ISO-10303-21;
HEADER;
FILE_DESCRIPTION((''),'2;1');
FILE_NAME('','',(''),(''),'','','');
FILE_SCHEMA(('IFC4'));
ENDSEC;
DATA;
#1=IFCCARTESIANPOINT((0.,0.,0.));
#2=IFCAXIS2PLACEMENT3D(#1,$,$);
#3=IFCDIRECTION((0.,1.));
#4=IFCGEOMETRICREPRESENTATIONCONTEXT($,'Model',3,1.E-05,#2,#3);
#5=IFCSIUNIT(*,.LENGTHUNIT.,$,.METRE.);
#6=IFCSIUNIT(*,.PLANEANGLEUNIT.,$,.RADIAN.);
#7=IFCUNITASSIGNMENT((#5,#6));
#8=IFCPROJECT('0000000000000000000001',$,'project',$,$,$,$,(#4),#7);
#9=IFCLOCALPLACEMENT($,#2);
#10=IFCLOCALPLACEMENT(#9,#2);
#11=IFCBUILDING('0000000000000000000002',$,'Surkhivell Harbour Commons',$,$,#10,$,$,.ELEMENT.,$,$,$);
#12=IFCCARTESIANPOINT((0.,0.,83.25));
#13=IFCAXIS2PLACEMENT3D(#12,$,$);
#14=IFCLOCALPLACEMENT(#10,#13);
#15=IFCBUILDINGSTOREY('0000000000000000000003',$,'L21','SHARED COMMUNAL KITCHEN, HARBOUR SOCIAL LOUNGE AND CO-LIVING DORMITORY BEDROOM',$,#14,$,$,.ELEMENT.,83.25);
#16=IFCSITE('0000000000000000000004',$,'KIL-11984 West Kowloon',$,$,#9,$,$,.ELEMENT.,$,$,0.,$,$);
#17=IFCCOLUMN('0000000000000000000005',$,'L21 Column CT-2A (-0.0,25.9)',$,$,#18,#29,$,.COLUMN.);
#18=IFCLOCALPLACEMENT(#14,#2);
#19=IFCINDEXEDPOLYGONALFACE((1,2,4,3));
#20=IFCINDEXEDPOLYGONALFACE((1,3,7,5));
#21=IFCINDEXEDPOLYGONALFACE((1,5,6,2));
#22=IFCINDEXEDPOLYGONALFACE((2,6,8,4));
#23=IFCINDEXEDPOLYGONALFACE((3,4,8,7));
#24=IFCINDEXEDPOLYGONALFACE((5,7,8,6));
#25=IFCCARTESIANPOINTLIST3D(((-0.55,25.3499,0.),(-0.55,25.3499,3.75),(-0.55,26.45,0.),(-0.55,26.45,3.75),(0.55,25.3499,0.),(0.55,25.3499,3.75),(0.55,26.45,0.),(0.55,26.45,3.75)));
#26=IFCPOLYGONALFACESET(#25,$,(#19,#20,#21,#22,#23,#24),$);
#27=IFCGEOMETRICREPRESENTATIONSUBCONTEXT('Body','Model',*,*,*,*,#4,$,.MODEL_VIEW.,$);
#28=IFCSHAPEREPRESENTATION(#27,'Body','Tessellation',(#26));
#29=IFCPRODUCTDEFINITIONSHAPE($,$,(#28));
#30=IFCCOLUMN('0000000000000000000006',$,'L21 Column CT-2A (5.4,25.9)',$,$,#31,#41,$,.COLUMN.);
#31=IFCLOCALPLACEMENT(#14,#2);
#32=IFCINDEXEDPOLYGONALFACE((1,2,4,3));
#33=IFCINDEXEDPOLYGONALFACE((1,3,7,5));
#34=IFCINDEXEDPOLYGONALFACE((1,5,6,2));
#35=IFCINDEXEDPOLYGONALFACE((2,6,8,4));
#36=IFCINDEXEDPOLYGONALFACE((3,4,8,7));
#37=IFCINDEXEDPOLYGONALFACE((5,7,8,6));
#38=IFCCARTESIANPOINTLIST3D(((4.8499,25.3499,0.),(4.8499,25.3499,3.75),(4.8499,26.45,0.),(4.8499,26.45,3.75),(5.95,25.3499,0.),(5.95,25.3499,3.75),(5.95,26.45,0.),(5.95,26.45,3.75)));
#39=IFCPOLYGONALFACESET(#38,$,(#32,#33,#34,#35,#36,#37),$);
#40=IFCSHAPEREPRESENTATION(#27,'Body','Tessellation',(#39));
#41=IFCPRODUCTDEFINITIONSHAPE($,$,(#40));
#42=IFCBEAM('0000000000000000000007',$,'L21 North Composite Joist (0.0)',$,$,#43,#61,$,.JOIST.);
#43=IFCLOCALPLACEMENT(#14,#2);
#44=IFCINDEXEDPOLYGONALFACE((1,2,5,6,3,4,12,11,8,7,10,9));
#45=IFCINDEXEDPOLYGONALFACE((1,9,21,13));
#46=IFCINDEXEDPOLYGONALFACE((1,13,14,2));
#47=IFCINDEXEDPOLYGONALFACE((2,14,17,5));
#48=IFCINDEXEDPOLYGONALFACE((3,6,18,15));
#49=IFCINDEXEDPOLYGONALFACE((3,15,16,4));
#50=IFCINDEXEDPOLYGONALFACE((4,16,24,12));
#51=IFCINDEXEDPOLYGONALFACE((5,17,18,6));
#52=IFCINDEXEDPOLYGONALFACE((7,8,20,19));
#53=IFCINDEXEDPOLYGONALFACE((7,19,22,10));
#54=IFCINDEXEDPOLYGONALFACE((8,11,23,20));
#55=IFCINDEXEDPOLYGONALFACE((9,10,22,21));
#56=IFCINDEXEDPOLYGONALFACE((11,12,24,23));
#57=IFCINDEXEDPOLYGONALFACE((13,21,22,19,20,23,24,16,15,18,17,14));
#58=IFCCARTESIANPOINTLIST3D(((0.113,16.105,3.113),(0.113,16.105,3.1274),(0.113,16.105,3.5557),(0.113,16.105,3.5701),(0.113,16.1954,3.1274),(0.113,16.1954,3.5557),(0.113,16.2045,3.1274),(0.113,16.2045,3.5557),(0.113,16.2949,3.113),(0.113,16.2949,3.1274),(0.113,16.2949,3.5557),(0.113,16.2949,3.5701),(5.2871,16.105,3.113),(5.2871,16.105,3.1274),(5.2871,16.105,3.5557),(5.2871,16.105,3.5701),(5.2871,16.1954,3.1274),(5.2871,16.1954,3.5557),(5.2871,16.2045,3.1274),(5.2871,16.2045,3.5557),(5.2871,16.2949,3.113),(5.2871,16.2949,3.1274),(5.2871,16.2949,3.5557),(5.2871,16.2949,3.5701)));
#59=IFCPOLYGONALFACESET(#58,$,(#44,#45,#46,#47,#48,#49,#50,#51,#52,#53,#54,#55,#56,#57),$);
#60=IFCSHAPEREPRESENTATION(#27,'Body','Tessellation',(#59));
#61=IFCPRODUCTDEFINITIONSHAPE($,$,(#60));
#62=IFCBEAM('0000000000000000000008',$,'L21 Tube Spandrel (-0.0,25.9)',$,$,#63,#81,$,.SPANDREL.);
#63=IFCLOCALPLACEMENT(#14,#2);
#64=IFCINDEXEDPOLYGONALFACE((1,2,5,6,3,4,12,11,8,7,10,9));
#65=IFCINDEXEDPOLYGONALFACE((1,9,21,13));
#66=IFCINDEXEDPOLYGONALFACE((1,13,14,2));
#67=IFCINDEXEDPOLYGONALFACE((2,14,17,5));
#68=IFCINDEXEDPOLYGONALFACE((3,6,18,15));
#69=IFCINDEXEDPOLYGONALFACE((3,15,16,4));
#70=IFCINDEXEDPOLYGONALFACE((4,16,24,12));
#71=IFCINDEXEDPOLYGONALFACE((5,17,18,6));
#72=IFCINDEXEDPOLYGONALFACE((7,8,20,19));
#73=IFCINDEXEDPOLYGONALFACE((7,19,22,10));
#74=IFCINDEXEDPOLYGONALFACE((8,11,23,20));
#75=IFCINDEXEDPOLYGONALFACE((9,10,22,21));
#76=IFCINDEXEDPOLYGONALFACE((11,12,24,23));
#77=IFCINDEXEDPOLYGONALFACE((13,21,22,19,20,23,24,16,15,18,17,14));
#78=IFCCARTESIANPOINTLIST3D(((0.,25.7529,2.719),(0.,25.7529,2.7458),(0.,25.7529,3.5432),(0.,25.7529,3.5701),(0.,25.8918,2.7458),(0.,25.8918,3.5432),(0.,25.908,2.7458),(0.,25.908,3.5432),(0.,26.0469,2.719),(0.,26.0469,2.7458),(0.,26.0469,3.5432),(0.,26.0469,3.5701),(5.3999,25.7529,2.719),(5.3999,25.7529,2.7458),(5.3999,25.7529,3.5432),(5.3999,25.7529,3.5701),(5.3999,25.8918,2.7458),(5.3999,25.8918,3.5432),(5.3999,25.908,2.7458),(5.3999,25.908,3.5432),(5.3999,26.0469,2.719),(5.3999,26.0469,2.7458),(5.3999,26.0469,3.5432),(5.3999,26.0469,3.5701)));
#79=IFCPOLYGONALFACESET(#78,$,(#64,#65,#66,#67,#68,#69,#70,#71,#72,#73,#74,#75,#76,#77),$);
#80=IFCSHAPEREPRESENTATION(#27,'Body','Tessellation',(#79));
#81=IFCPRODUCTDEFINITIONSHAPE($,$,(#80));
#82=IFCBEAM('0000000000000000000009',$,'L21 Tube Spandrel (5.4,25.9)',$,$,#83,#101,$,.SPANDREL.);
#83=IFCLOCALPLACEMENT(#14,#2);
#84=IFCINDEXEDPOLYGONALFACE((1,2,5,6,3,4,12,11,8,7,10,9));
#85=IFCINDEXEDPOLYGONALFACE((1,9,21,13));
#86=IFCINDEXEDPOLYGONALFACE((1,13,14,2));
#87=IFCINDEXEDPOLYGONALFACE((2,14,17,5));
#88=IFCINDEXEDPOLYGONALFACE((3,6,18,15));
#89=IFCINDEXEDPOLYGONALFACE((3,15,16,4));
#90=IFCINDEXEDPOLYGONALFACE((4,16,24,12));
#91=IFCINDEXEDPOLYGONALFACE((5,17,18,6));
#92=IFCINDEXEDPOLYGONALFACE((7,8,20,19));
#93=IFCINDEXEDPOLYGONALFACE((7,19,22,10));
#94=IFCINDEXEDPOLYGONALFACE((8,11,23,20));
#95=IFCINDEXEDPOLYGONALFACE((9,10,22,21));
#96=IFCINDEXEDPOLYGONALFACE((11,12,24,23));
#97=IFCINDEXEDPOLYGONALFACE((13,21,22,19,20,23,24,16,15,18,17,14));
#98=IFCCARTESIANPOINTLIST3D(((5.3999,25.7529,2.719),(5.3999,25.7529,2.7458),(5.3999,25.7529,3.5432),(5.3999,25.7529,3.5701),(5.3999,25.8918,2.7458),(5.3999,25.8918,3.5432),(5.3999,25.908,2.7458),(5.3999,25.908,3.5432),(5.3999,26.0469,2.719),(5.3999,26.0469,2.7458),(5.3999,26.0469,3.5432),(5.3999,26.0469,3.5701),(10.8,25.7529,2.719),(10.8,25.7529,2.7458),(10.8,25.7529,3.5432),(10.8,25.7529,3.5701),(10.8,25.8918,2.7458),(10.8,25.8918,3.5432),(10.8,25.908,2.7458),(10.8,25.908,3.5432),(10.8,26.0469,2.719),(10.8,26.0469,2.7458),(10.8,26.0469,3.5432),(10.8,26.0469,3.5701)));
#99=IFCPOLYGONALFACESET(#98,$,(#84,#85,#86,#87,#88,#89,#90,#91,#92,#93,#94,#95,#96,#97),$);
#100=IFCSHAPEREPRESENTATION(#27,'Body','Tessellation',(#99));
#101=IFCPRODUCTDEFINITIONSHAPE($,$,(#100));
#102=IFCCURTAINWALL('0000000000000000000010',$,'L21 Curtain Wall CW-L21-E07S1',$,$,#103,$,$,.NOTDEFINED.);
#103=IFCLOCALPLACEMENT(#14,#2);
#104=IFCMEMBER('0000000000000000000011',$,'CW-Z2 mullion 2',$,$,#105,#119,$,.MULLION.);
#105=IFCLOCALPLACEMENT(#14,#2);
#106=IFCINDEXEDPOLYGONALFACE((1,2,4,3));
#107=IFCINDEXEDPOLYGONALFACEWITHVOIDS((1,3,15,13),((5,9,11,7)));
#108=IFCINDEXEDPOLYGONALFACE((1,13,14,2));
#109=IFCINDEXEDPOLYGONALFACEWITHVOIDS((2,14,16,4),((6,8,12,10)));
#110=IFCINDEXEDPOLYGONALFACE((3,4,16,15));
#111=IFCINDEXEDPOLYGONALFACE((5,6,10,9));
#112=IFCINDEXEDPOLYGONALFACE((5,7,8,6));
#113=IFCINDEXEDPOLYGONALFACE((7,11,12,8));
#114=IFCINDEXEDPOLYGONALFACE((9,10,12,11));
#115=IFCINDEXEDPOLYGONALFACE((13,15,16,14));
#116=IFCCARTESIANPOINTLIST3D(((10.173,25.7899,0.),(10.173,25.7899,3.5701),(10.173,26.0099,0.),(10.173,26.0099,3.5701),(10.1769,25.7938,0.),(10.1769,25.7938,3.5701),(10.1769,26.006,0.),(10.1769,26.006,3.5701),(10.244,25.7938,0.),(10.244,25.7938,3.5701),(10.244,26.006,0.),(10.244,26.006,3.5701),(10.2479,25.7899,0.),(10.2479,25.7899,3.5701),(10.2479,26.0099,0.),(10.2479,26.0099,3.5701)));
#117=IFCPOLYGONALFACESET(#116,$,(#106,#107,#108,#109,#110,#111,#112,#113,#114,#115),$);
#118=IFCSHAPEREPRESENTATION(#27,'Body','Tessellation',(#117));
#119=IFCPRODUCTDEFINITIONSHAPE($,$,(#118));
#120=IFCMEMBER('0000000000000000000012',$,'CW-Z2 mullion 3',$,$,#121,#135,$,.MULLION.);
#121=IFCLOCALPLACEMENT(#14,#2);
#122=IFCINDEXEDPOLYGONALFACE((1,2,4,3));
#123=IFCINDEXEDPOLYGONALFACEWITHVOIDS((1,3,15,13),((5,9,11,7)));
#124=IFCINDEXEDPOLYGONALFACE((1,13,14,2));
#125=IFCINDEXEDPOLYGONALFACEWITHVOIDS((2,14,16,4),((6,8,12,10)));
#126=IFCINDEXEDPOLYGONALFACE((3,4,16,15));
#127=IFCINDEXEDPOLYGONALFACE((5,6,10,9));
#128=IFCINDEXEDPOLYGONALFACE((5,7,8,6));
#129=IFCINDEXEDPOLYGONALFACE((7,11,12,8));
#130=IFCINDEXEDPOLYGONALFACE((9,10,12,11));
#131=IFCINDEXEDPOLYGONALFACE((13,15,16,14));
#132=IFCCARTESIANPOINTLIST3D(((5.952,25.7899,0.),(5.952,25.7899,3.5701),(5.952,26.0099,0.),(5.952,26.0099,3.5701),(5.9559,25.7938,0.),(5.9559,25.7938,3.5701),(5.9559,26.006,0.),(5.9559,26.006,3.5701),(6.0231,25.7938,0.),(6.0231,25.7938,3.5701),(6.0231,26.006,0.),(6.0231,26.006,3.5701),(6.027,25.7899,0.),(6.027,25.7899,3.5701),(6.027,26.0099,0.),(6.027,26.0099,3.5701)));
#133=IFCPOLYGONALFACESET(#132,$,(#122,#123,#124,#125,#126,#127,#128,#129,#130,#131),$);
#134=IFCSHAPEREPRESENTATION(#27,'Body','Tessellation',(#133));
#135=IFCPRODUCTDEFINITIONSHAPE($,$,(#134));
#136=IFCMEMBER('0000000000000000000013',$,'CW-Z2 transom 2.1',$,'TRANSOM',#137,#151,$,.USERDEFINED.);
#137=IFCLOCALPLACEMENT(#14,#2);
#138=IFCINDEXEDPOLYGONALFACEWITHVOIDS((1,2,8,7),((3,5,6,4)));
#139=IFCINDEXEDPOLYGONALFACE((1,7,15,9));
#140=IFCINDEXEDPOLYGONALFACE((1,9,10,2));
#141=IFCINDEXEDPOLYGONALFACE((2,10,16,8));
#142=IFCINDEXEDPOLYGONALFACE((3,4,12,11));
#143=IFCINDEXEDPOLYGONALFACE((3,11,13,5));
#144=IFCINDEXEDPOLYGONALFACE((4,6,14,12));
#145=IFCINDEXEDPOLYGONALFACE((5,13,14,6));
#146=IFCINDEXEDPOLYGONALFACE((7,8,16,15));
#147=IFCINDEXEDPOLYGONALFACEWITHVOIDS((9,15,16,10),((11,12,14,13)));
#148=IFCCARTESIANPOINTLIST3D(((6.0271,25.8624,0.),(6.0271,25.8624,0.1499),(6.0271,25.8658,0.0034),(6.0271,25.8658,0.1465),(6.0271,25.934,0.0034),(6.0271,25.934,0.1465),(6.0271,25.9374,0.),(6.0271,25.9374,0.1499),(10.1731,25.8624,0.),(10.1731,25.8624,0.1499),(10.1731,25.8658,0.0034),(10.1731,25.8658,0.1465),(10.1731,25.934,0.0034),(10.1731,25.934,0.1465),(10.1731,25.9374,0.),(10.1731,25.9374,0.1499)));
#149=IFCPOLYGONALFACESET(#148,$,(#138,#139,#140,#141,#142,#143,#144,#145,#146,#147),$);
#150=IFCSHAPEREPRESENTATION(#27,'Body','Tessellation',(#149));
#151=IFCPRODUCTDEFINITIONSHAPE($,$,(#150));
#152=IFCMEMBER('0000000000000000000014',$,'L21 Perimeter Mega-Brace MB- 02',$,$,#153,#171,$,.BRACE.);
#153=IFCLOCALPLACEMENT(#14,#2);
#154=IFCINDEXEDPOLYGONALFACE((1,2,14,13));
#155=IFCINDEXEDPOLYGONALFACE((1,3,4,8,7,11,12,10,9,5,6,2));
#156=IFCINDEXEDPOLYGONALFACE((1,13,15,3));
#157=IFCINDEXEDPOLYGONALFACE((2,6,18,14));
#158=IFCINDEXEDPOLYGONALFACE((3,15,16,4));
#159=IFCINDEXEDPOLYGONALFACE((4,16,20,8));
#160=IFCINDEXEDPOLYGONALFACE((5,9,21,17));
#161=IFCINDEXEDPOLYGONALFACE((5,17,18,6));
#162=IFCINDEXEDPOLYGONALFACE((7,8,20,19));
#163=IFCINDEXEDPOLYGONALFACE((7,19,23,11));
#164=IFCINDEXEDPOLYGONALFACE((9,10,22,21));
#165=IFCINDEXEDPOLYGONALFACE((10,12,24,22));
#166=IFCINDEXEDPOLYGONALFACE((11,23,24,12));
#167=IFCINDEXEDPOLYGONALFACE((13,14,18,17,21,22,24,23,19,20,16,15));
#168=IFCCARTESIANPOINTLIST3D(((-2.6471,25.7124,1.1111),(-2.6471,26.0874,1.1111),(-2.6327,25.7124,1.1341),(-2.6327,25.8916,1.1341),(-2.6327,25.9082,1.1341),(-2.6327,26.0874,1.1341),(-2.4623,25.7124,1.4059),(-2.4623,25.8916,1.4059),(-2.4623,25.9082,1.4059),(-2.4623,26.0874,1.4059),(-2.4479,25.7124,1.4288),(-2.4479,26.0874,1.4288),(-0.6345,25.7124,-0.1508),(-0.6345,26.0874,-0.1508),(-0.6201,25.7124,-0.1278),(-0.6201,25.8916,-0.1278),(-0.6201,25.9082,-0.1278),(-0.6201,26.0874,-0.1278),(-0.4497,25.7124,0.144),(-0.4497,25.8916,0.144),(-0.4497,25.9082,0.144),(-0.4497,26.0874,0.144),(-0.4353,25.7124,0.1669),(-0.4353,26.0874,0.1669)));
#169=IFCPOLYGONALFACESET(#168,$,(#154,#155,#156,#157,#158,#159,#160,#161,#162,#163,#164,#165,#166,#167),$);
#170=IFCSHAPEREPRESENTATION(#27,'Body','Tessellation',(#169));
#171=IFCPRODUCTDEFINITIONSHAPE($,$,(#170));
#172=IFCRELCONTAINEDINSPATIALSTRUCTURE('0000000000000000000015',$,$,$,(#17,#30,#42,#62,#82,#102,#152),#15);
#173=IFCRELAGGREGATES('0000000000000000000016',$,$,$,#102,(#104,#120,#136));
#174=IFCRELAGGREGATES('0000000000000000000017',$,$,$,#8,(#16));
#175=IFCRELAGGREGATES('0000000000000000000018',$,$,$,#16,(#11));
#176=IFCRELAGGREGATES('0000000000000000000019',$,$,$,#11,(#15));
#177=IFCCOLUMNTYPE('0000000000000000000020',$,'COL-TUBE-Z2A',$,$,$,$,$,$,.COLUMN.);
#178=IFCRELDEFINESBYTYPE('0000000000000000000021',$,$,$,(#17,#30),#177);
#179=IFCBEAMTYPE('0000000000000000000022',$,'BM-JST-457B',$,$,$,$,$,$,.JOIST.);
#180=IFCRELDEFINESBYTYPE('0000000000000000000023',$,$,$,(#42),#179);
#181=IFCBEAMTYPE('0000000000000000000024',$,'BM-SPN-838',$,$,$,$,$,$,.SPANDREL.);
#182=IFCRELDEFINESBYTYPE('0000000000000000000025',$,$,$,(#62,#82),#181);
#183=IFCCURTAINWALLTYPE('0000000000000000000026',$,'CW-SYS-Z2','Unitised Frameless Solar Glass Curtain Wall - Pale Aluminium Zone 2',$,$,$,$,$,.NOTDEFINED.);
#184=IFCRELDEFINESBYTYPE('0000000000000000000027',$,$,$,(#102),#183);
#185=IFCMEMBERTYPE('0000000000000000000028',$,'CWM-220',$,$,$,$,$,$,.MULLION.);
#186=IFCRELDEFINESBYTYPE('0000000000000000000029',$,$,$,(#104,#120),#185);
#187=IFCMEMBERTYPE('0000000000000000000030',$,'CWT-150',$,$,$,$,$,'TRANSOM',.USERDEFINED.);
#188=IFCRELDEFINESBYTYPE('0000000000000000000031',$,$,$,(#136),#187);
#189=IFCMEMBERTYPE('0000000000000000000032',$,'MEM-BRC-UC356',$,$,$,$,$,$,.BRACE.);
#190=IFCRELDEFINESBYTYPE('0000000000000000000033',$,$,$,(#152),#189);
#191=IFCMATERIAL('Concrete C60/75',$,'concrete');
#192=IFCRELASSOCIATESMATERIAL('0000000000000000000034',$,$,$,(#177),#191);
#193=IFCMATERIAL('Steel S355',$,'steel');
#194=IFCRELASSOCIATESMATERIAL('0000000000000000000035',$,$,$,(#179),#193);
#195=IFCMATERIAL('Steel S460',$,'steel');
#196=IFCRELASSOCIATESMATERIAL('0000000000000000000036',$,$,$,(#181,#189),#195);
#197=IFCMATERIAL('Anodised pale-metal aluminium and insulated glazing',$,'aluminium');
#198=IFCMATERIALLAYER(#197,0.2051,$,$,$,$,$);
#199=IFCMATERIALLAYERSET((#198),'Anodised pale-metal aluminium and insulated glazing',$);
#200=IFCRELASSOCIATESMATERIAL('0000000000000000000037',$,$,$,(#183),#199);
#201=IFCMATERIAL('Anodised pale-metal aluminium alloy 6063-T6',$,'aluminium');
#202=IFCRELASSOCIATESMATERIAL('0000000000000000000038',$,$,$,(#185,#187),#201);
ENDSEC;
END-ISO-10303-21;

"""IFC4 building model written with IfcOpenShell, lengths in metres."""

from ifc_helpers import new_model, si_unit, direction, frame, origin, origin_2d, place, context, subcontext, project, spatial, rectangle, hollow_rectangle, i_section, extrude, material, layer, layer_set, material_profile, profile_set, type_object, element, aggregate, save


model = new_model("IFC4")

# Units and contexts
model_context = context("Model", 3, precision=1e-05, world=origin(), true_north=direction((0.0, 1.0)))
body_context = subcontext(model_context, "Body", "Model", "MODEL_VIEW")
ifc_project = project(units=[si_unit("LENGTHUNIT", "METRE"), si_unit("PLANEANGLEUNIT", "RADIAN")], contexts=[model_context])

# Site, building, storey
site_placement = place(None, origin())
site = spatial("IfcSite", under=ifc_project, at=site_placement, Name="KIL-11984 West Kowloon", CompositionType="ELEMENT", RefElevation=0.0)
building_placement = place(site_placement, origin())
building = spatial("IfcBuilding", under=site, at=building_placement, Name="Surkhivell Harbour Commons", CompositionType="ELEMENT")
storey_placement = place(building_placement, frame((0.0, 0.0, 83.25)))
storey = spatial("IfcBuildingStorey", under=building, at=storey_placement, Name="L21", Description="SHARED COMMUNAL KITCHEN, HARBOUR SOCIAL LOUNGE AND CO-LIVING DORMITORY BEDROOM", CompositionType="ELEMENT", Elevation=83.25)

# Columns
ifc_material_1 = material(Name="Concrete C60/75", Category="concrete")
ifc_material_profile_1 = material_profile(ifc_material_1, rectangle(XDim=1.1001, YDim=1.1001, at=origin_2d()), Name="RC-COL-1100x1100")
ifc_profile_set_1 = profile_set([ifc_material_profile_1], Name="Concrete C60/75")
column_type = type_object("IfcColumnType", Name="COL-TUBE-Z2A", PredefinedType="COLUMN", material=ifc_profile_set_1)
for number, where, z_axis, x_axis, name in (
    (1, (0.0, 25.8999, 0.0), (0.0, 0.0, 1.0), (1.0, 0.0, 0.0), "L21 Column CT-2A (-0.0,25.9)"),
    (2, (5.3999, 25.8999, 0.0), (0.0, 0.0, 1.0), (1.0, 0.0, 0.0), "L21 Column CT-2A (5.4,25.9)"),
):
    element("IfcColumn", number, at=place(storey_placement, frame(where, z_axis=z_axis, x_axis=x_axis)), inside=storey, type_object=column_type, Name=name, PredefinedType="COLUMN", context=body_context, shape_type="SweptSolid", body=[
        extrude(rectangle(XDim=1.1001, YDim=1.1001, at=origin_2d()), origin(), (0.0, 0.0, 1.0), 3.75),
    ])

# Beams
ifc_material_2 = material(Name="Steel S355", Category="steel")
ifc_material_profile_2 = material_profile(ifc_material_2, i_section(OverallWidth=0.1899, OverallDepth=0.457, WebThickness=0.009, FlangeThickness=0.0144, at=origin_2d()), Name="UB457x191x74")
ifc_profile_set_2 = profile_set([ifc_material_profile_2], Name="Steel S355")
beam_type_1 = type_object("IfcBeamType", Name="BM-JST-457B", PredefinedType="JOIST", material=ifc_profile_set_2)
beam_1_placement = place(storey_placement, frame((0.113, 16.2, 3.3416), z_axis=(1.0, 0.0, 0.0), x_axis=(0.0, 1.0, 0.0)))
element("IfcBeam", 3, at=beam_1_placement, inside=storey, type_object=beam_type_1, Name="L21 North Composite Joist (0.0)", PredefinedType="JOIST", context=body_context, shape_type="SweptSolid", body=[
    extrude(i_section(OverallWidth=0.1899, OverallDepth=0.457, WebThickness=0.009, FlangeThickness=0.0144, at=origin_2d()), origin(), (0.0, 0.0, 1.0), 5.1741),
])
ifc_material_3 = material(Name="Steel S460", Category="steel")
ifc_material_profile_3 = material_profile(ifc_material_3, i_section(OverallWidth=0.2939, OverallDepth=0.8511, WebThickness=0.0161, FlangeThickness=0.0269, at=origin_2d()), Name="UB838x292x226")
ifc_profile_set_3 = profile_set([ifc_material_profile_3], Name="Steel S460")
beam_type_2 = type_object("IfcBeamType", Name="BM-SPN-838", PredefinedType="SPANDREL", material=ifc_profile_set_3)
beam_2_placement = place(storey_placement, frame((0.0, 25.8999, 3.1445), z_axis=(1.0, 0.0, 0.0), x_axis=(0.0, 1.0, 0.0)))
element("IfcBeam", 4, at=beam_2_placement, inside=storey, type_object=beam_type_2, Name="L21 Tube Spandrel (-0.0,25.9)", PredefinedType="SPANDREL", context=body_context, shape_type="SweptSolid", body=[
    extrude(i_section(OverallWidth=0.2939, OverallDepth=0.8511, WebThickness=0.0161, FlangeThickness=0.0269, at=origin_2d()), origin(), (0.0, 0.0, 1.0), 5.3999),
])
beam_3_placement = place(storey_placement, frame((5.3999, 25.8999, 3.1445), z_axis=(1.0, 0.0, 0.0), x_axis=(0.0, 1.0, 0.0)))
element("IfcBeam", 5, at=beam_3_placement, inside=storey, type_object=beam_type_2, Name="L21 Tube Spandrel (5.4,25.9)", PredefinedType="SPANDREL", context=body_context, shape_type="SweptSolid", body=[
    extrude(i_section(OverallWidth=0.2939, OverallDepth=0.8511, WebThickness=0.0161, FlangeThickness=0.0269, at=origin_2d()), origin(), (0.0, 0.0, 1.0), 5.4001),
])

# Curtain wall, members
ifc_material_4 = material(Name="Anodised pale-metal aluminium and insulated glazing", Category="aluminium")
ifc_layer_1 = layer(ifc_material_4, 0.2051)
ifc_layer_set_1 = layer_set([ifc_layer_1], Name="Anodised pale-metal aluminium and insulated glazing")
curtain_wall_type = type_object("IfcCurtainWallType", Name="CW-SYS-Z2", Description="Unitised Frameless Solar Glass Curtain Wall - Pale Aluminium Zone 2", PredefinedType="NOTDEFINED", material=ifc_layer_set_1)
curtain_wall_placement = place(storey_placement, origin())
curtain_wall = element("IfcCurtainWall", 6, at=curtain_wall_placement, inside=storey, type_object=curtain_wall_type, Name="L21 Curtain Wall CW-L21-E07S1", PredefinedType="NOTDEFINED")
ifc_material_5 = material(Name="Anodised pale-metal aluminium alloy 6063-T6", Category="aluminium")
ifc_material_profile_4 = material_profile(ifc_material_5, hollow_rectangle(XDim=0.075, YDim=0.22, WallThickness=0.0039, at=origin_2d()), Name="ALU-MULL-75x220")
ifc_profile_set_4 = profile_set([ifc_material_profile_4], Name="Anodised pale-metal aluminium alloy 6063-T6")
member_type_1 = type_object("IfcMemberType", Name="CWM-220", PredefinedType="MULLION", material=ifc_profile_set_4)
member_1_placement = place(storey_placement, frame((10.2104, 25.8999, 0.0), z_axis=(0.0, 0.0, 1.0), x_axis=(-1.0, 0.0, 0.0)))
member_1 = element("IfcMember", 7, at=member_1_placement, type_object=member_type_1, Name="CW-Z2 mullion 2", PredefinedType="MULLION", context=body_context, shape_type="SweptSolid", body=[
    extrude(hollow_rectangle(XDim=0.075, YDim=0.22, WallThickness=0.0039, at=origin_2d()), origin(), (0.0, 0.0, 1.0), 3.5701),
])
member_2_placement = place(storey_placement, frame((5.9895, 25.8999, 0.0), z_axis=(0.0, 0.0, 1.0), x_axis=(-1.0, 0.0, 0.0)))
member_2 = element("IfcMember", 8, at=member_2_placement, type_object=member_type_1, Name="CW-Z2 mullion 3", PredefinedType="MULLION", context=body_context, shape_type="SweptSolid", body=[
    extrude(hollow_rectangle(XDim=0.075, YDim=0.22, WallThickness=0.0039, at=origin_2d()), origin(), (0.0, 0.0, 1.0), 3.5701),
])
ifc_material_profile_5 = material_profile(ifc_material_5, hollow_rectangle(XDim=0.075, YDim=0.1499, WallThickness=0.0034, at=origin_2d()), Name="ALU-TRAN-75x150")
ifc_profile_set_5 = profile_set([ifc_material_profile_5], Name="Anodised pale-metal aluminium alloy 6063-T6")
member_type_2 = type_object("IfcMemberType", Name="CWT-150", ElementType="TRANSOM", PredefinedType="USERDEFINED", material=ifc_profile_set_5)
member_3_placement = place(storey_placement, frame((10.1731, 25.8999, 0.075), z_axis=(-1.0, 0.0, 0.0), x_axis=(0.0, -1.0, 0.0)))
member_3 = element("IfcMember", 9, at=member_3_placement, type_object=member_type_2, Name="CW-Z2 transom 2.1", ObjectType="TRANSOM", PredefinedType="USERDEFINED", context=body_context, shape_type="SweptSolid", body=[
    extrude(hollow_rectangle(XDim=0.075, YDim=0.1499, WallThickness=0.0034, at=origin_2d()), origin(), (0.0, 0.0, 1.0), 4.146),
])

# Member
ifc_material_profile_6 = material_profile(ifc_material_3, i_section(OverallWidth=0.375, OverallDepth=0.375, WebThickness=0.0166, FlangeThickness=0.0271, at=origin_2d()), Name="UC356x368x202")
ifc_profile_set_6 = profile_set([ifc_material_profile_6], Name="Steel S460")
member_type_3 = type_object("IfcMemberType", Name="MEM-BRC-UC356", PredefinedType="BRACE", material=ifc_profile_set_6)
member_4_placement = place(storey_placement, frame((-0.5349, 25.8999, 0.0081), z_axis=(-0.847235, 0.0, 0.531218), x_axis=(0.0, -1.0, 0.0)))
element("IfcMember", 10, at=member_4_placement, inside=storey, type_object=member_type_3, Name="L21 Perimeter Mega-Brace MB- 02", PredefinedType="BRACE", context=body_context, shape_type="SweptSolid", body=[
    extrude(i_section(OverallWidth=0.375, OverallDepth=0.375, WebThickness=0.0166, FlangeThickness=0.0271, at=origin_2d()), origin(), (0.0, 0.0, 1.0), 2.3755),
])

aggregate(curtain_wall, [member_1, member_2, member_3])

save(model, "model.ifc")
